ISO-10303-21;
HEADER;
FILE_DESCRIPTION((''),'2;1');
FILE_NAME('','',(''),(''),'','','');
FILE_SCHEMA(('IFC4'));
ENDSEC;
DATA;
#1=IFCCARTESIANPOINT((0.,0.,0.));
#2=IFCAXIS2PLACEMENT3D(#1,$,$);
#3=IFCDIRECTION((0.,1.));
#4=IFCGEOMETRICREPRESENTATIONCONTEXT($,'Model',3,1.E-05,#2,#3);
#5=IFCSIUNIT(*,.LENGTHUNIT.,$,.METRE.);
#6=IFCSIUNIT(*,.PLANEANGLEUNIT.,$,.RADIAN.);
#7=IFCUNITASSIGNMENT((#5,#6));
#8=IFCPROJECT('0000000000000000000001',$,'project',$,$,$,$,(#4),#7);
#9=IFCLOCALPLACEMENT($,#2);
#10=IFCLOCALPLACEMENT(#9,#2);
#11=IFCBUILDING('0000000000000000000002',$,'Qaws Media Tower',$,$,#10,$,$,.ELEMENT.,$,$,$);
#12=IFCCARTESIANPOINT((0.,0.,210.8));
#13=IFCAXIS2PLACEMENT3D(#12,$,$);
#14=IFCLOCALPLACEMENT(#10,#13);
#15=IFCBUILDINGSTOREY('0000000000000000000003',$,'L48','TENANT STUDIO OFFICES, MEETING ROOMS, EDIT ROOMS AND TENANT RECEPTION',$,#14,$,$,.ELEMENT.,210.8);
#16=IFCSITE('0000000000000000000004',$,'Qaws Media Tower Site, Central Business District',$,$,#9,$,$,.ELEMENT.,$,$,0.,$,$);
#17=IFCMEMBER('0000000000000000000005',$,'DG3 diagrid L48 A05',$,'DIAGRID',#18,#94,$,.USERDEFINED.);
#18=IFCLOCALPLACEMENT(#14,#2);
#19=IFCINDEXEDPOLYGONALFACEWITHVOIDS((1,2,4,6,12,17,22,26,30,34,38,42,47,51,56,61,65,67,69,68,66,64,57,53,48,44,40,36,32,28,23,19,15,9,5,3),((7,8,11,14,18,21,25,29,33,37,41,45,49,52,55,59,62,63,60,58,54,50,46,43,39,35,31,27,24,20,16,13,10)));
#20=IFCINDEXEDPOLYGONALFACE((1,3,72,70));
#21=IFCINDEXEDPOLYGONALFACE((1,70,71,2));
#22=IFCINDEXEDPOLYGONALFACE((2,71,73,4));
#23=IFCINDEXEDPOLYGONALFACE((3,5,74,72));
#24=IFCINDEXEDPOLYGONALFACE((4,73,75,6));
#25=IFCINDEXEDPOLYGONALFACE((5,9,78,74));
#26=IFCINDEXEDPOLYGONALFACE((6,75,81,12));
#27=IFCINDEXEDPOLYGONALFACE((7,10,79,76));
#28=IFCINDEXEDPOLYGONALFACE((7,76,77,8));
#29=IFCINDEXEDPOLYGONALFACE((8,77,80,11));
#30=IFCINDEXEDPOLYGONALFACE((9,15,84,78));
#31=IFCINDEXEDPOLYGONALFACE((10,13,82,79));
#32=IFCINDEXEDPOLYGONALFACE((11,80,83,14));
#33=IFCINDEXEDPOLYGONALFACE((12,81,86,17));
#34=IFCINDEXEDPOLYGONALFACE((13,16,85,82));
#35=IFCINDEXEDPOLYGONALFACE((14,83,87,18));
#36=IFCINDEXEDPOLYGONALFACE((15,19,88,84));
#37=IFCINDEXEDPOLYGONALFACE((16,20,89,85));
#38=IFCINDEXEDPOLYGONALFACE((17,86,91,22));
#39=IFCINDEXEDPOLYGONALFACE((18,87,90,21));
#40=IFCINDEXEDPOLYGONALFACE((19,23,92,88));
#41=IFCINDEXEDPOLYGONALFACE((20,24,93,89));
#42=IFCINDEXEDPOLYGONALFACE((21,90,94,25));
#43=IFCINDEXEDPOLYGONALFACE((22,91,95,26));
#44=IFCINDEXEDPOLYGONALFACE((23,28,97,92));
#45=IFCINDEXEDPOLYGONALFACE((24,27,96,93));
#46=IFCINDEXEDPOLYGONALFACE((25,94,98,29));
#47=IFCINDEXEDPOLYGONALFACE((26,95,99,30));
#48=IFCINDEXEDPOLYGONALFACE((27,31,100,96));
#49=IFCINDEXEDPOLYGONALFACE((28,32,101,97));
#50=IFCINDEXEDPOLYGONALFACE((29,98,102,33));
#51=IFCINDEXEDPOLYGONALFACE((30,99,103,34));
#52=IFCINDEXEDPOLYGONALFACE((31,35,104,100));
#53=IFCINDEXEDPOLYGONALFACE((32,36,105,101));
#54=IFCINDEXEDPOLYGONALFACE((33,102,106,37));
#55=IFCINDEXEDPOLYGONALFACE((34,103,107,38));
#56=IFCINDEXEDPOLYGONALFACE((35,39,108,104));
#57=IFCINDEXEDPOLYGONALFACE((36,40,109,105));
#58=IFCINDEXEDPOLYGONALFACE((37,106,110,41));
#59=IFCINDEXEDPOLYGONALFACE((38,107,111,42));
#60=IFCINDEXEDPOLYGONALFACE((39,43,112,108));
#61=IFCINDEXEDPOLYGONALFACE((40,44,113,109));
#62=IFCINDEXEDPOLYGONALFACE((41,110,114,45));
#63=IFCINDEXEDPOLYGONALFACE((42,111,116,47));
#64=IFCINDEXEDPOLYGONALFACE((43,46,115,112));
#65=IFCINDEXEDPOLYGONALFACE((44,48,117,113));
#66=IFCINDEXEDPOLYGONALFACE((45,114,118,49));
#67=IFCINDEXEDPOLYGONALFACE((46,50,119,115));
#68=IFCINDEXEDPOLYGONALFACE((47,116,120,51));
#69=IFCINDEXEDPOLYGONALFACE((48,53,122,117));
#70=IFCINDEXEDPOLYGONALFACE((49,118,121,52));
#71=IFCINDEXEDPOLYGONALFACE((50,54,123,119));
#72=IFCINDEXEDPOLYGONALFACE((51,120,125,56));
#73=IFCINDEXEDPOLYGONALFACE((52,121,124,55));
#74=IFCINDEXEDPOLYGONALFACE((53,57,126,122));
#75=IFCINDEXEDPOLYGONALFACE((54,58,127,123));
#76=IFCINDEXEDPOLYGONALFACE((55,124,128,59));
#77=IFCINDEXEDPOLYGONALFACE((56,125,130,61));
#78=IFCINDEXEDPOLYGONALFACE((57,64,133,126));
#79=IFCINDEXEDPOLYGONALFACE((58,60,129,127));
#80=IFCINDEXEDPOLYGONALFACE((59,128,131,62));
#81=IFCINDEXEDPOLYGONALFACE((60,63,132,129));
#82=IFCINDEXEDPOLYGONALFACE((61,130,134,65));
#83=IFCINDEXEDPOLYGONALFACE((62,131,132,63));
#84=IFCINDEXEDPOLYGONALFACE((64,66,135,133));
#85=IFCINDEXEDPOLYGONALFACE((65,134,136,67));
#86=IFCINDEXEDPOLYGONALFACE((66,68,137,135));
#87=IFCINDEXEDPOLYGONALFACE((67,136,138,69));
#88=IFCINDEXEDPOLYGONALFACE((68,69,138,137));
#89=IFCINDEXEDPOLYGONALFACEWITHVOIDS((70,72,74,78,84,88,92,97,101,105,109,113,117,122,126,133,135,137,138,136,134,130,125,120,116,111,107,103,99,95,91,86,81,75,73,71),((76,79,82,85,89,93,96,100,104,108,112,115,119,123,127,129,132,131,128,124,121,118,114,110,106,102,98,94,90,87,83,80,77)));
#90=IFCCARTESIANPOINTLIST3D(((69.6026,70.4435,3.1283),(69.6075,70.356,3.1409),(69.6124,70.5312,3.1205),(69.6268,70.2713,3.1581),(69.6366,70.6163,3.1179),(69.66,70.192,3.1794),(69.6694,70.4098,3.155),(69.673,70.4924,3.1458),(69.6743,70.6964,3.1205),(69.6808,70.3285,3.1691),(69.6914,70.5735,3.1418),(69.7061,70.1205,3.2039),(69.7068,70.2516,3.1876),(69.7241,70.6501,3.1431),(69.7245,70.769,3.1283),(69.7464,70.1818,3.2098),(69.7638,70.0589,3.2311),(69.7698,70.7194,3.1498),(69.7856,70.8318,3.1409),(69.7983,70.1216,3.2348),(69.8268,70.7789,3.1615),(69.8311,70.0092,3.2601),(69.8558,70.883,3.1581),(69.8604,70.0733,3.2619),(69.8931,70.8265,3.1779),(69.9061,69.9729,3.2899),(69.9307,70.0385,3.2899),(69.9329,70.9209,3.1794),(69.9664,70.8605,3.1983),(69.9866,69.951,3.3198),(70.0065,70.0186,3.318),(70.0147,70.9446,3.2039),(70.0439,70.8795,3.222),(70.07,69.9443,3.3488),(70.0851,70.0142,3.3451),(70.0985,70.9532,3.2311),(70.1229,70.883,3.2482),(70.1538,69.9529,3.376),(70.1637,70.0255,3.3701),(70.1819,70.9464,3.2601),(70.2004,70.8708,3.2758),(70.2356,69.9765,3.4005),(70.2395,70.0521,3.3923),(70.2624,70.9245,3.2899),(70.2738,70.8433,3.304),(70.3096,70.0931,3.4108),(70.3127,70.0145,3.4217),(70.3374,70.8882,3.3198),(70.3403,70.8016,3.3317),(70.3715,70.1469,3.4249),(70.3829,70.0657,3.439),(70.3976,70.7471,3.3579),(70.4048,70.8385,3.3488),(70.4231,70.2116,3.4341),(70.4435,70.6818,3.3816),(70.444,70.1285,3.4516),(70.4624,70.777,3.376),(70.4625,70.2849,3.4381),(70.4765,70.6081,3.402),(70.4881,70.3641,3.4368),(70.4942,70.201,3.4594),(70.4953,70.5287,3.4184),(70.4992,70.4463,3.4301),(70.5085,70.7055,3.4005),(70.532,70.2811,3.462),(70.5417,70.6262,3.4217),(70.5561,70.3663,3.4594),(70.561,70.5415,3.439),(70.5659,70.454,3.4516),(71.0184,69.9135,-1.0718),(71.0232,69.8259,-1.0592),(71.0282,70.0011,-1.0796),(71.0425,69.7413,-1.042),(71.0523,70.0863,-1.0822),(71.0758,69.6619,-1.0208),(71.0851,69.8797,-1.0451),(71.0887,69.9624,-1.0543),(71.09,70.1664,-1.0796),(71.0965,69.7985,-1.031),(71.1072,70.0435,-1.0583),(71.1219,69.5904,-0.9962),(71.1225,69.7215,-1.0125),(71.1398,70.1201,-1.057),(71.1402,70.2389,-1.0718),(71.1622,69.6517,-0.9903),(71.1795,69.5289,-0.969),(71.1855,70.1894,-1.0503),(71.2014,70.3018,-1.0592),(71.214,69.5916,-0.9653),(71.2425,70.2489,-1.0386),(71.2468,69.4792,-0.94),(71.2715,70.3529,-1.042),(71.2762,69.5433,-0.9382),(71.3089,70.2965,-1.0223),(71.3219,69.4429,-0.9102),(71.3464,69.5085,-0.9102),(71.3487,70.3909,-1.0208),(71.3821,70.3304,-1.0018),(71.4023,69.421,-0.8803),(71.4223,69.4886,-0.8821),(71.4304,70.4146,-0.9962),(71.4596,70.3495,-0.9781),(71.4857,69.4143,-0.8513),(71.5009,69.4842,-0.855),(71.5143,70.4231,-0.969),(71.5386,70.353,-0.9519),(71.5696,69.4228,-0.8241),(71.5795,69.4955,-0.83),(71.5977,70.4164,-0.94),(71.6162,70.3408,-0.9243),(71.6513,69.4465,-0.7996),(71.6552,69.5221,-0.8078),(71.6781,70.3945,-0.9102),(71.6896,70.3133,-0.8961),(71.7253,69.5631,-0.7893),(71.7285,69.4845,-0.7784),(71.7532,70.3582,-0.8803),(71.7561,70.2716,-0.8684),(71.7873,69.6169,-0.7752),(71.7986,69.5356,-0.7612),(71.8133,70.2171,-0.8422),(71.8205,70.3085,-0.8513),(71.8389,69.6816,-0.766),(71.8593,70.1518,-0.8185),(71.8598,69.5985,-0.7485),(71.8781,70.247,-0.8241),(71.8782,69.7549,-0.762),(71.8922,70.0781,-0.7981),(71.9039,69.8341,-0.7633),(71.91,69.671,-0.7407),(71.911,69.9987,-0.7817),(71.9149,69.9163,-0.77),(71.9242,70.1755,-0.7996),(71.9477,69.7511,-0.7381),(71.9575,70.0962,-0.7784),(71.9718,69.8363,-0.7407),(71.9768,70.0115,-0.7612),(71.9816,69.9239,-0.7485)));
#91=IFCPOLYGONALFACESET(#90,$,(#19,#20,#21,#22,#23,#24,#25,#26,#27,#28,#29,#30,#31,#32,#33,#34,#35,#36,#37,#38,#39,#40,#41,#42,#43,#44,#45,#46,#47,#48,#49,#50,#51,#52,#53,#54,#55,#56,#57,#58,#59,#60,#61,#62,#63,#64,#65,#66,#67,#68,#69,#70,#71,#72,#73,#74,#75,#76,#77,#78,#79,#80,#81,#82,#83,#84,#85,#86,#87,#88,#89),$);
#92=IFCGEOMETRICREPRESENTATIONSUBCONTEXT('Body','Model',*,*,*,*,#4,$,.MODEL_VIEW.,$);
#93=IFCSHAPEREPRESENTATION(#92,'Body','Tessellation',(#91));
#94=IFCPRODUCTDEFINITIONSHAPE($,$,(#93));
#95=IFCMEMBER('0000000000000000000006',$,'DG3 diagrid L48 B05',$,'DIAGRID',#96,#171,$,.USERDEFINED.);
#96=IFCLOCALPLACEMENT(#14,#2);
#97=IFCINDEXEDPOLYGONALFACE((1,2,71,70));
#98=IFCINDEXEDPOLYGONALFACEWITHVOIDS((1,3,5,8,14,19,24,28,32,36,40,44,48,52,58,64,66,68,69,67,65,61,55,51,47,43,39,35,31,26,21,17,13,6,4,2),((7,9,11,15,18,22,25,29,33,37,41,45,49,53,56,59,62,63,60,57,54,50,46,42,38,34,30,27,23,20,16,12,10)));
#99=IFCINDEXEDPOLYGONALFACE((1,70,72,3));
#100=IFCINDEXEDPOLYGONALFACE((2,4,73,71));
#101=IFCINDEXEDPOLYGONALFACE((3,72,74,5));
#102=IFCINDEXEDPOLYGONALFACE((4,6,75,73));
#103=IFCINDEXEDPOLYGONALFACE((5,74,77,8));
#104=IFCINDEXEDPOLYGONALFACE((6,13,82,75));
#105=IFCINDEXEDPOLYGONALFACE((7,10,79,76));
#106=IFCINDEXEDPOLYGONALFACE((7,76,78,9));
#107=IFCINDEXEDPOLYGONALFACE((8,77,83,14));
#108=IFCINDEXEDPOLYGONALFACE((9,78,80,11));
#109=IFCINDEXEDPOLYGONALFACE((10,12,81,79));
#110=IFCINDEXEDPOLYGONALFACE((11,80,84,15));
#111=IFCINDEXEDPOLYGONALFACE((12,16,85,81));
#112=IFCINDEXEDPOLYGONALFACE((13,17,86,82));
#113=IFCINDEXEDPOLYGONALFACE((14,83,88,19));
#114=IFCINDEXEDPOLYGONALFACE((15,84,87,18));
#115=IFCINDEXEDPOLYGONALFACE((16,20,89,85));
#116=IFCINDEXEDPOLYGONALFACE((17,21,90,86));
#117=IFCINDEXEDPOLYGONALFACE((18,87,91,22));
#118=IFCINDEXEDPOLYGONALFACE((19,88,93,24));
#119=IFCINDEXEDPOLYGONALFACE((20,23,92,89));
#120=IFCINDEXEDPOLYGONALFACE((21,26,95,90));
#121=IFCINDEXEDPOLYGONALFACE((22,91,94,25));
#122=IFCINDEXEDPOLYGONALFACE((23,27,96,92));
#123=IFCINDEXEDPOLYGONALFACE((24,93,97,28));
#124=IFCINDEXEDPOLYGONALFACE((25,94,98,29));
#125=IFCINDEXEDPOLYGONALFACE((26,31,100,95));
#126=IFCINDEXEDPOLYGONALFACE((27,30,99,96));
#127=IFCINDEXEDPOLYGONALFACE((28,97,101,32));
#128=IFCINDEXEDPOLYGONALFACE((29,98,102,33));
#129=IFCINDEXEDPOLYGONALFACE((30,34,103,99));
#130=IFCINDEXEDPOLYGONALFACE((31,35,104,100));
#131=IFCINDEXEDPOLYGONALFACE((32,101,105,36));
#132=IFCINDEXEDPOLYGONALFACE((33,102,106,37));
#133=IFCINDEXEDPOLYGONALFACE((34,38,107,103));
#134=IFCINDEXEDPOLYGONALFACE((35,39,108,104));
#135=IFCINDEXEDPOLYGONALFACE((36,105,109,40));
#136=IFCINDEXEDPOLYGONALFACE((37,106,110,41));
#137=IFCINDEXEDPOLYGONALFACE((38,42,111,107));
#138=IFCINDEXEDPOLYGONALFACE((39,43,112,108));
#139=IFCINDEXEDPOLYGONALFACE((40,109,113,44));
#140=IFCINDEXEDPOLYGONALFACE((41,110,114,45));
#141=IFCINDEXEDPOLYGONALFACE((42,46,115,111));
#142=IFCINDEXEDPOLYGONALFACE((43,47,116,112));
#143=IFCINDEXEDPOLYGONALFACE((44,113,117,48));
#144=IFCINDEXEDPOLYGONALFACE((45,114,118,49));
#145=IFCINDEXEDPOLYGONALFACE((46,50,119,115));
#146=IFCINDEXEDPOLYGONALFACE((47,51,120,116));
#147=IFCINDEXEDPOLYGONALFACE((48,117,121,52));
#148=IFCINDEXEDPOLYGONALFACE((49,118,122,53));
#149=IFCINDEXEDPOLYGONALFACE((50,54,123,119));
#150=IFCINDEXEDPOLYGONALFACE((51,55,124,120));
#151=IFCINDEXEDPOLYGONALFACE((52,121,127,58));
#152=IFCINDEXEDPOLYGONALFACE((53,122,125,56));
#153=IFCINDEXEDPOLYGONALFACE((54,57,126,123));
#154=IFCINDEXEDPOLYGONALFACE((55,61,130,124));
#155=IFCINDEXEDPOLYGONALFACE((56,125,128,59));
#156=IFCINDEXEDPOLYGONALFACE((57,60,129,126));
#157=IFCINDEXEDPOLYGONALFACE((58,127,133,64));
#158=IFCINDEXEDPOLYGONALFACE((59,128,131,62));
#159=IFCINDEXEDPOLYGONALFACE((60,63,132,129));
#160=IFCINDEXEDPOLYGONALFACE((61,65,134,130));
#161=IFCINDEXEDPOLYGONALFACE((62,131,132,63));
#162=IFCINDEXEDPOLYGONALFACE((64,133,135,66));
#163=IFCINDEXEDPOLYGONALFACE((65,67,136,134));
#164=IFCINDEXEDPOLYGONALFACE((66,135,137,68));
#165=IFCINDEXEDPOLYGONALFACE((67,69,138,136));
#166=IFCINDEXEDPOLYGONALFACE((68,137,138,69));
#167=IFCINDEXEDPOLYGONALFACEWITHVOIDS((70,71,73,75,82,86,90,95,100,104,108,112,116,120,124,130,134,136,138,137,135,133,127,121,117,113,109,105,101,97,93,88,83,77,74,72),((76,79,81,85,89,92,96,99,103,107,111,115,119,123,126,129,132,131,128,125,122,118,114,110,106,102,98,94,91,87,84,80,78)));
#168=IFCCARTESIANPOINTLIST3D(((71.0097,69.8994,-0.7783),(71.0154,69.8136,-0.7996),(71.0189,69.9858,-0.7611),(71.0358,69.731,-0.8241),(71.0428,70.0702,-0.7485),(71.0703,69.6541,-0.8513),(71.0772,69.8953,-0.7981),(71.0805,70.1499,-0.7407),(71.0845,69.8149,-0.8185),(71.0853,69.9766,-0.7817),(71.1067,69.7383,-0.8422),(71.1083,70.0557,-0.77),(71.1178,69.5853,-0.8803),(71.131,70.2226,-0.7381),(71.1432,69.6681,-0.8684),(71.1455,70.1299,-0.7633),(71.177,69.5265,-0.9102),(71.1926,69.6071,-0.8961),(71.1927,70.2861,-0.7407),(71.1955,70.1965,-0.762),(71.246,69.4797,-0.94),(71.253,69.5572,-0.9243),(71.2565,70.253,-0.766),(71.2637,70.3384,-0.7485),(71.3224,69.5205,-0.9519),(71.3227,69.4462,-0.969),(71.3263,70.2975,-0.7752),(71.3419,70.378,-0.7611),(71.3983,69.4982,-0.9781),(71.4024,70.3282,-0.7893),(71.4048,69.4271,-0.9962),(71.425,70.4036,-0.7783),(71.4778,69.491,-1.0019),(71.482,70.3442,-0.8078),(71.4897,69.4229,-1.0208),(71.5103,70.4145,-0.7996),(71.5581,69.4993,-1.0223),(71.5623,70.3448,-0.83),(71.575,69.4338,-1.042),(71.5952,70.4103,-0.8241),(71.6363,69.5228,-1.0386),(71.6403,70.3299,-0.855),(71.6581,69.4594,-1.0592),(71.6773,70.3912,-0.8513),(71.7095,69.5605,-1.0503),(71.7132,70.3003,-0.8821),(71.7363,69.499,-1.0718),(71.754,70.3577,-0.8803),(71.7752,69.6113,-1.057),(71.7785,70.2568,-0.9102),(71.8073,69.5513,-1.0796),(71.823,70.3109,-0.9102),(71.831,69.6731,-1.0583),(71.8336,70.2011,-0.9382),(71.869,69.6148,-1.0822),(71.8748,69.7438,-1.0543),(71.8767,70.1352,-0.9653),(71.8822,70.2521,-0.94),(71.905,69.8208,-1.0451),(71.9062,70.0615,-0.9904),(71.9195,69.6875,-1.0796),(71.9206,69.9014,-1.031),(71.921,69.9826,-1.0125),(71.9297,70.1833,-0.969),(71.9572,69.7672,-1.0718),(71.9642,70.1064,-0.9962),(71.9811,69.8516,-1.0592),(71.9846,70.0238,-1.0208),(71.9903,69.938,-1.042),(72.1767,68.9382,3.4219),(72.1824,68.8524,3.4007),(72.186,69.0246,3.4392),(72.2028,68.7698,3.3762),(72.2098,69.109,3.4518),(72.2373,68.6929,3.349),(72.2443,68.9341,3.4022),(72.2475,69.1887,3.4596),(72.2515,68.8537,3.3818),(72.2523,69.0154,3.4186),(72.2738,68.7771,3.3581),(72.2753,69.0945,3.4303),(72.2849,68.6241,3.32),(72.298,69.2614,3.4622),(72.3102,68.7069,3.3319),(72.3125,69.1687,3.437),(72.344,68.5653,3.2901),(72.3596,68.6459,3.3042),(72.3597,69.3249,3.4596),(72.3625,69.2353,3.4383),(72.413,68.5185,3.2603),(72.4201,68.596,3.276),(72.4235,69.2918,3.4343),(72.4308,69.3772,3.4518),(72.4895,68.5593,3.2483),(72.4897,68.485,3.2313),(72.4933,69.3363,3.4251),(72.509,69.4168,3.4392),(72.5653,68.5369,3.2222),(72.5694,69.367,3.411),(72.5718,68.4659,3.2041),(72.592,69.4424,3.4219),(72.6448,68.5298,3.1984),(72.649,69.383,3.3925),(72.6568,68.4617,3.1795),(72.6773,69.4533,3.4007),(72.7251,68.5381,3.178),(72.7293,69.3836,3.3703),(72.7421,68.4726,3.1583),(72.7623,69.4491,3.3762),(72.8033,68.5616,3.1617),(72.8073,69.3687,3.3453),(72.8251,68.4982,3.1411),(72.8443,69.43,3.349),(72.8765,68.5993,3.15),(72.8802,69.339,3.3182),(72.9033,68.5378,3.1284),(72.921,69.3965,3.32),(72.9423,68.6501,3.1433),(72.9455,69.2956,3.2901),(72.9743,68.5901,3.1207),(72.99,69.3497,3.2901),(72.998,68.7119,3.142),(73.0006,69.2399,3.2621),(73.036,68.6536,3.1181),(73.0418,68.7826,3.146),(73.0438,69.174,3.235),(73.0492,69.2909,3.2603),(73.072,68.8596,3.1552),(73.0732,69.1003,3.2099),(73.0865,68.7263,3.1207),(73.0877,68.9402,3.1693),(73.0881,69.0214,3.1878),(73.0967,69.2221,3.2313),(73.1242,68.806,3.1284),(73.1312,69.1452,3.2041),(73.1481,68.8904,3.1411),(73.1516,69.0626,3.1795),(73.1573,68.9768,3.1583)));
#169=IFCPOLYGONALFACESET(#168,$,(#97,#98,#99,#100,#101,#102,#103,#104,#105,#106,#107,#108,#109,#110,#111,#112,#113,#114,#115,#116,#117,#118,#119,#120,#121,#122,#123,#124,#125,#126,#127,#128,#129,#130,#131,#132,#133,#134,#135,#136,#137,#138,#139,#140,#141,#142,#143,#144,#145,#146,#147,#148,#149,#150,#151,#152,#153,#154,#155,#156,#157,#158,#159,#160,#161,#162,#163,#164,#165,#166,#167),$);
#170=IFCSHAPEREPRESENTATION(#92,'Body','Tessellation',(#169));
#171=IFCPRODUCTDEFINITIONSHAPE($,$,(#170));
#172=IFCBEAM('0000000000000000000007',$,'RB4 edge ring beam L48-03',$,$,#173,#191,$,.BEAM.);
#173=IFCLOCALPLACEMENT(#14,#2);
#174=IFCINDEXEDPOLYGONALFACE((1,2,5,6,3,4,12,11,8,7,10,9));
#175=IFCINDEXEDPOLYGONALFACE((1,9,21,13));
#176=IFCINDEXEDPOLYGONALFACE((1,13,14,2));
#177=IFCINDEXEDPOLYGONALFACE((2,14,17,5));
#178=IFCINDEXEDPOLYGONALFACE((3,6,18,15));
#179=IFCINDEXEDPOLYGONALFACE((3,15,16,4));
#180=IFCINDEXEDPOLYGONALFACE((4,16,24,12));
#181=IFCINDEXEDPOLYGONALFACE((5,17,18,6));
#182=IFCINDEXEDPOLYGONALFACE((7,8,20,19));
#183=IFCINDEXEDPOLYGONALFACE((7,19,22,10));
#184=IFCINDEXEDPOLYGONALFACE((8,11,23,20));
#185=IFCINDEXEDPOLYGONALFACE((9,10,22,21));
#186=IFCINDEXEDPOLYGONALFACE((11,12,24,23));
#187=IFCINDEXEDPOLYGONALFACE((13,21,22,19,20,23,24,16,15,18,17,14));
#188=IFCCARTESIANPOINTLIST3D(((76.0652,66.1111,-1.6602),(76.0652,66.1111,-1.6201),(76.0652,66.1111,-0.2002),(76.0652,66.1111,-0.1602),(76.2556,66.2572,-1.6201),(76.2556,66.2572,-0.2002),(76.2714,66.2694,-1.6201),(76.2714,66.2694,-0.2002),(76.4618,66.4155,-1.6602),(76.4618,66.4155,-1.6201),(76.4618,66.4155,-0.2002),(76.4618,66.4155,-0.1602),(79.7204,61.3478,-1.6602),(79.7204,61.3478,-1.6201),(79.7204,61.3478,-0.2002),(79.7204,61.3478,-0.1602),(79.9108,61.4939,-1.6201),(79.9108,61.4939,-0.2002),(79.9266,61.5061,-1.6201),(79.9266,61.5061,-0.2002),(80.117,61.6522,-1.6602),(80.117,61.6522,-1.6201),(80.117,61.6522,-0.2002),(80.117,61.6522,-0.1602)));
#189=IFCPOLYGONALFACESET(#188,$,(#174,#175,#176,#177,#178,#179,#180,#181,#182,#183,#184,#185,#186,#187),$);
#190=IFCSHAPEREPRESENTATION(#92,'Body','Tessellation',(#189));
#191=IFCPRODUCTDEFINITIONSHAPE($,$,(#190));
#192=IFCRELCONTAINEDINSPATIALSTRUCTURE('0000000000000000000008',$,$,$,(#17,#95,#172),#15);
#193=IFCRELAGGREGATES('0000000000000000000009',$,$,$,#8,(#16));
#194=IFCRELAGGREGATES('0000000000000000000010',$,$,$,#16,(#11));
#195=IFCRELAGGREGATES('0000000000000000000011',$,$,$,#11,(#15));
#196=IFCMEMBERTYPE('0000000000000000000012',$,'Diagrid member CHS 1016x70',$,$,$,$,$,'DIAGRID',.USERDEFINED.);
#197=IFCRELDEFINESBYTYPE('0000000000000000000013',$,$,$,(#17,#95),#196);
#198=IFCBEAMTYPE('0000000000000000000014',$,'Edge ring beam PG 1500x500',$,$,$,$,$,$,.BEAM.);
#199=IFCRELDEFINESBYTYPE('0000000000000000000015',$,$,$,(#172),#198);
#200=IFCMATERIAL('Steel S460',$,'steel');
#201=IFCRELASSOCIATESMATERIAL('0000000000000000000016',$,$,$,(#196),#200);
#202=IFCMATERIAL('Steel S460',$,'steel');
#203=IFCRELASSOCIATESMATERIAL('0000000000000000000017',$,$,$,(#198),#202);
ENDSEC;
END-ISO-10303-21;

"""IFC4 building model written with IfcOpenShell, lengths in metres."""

from ifc_helpers import new_model, si_unit, direction, frame, origin, origin_2d, place, context, subcontext, project, spatial, hollow_circle, i_section, extrude, material, material_profile, profile_set, type_object, element, save


model = new_model("IFC4")

# Units and contexts
model_context = context("Model", 3, precision=1e-05, world=origin(), true_north=direction((0.0, 1.0)))
body_context = subcontext(model_context, "Body", "Model", "MODEL_VIEW")
ifc_project = project(units=[si_unit("LENGTHUNIT", "METRE"), si_unit("PLANEANGLEUNIT", "RADIAN")], contexts=[model_context])

# Site, building, storey
site_placement = place(None, origin())
site = spatial("IfcSite", under=ifc_project, at=site_placement, Name="Qaws Media Tower Site, Central Business District", CompositionType="ELEMENT", RefElevation=0.0)
building_placement = place(site_placement, origin())
building = spatial("IfcBuilding", under=site, at=building_placement, Name="Qaws Media Tower", CompositionType="ELEMENT")
storey_placement = place(building_placement, frame((0.0, 0.0, 210.8)))
storey = spatial("IfcBuildingStorey", under=building, at=storey_placement, Name="L48", Description="TENANT STUDIO OFFICES, MEETING ROOMS, EDIT ROOMS AND TENANT RECEPTION", CompositionType="ELEMENT", Elevation=210.8)

# Members
ifc_material_1 = material(Name="Steel S460", Category="steel")
ifc_material_profile_1 = material_profile(ifc_material_1, hollow_circle(Radius=0.5081, WallThickness=0.0701, at=origin_2d()), Name="CHS 1016x70")
ifc_profile_set_1 = profile_set([ifc_material_profile_1], Name="Steel S460")
member_type_1 = type_object("IfcMemberType", Name="Diagrid member CHS 1016x70", ElementType="DIAGRID", PredefinedType="USERDEFINED", material=ifc_profile_set_1)
for number, where, z_axis, x_axis, name in (
    (1, (71.5, 69.9187, -0.9102), (-0.317156, 0.118735, 0.940911), (-0.35061, -0.936522, 0.0), "DG3 diagrid L48 A05"),
):
    element("IfcMember", number, at=place(storey_placement, frame(where, z_axis=z_axis, x_axis=x_axis)), inside=storey, type_object=member_type_1, Name=name, ObjectType="DIAGRID", PredefinedType="USERDEFINED", context=body_context, shape_type="SweptSolid", body=[
        extrude(hollow_circle(Radius=0.5081, WallThickness=0.0701, at=origin_2d()), origin(), (0.0, 0.0, 1.0), 4.4639),
    ])
member_1_placement = place(storey_placement, frame((71.5, 69.9187, -0.9102), z_axis=(0.261422, -0.215318, 0.940902), x_axis=(0.635758, 0.771888, 0.0)))
element("IfcMember", 2, at=member_1_placement, inside=storey, type_object=member_type_1, Name="DG3 diagrid L48 B05", ObjectType="DIAGRID", PredefinedType="USERDEFINED", context=body_context, shape_type="SweptSolid", body=[
    extrude(hollow_circle(Radius=0.5081, WallThickness=0.0701, at=origin_2d()), origin(), (0.0, 0.0, 1.0), 4.4641),
])

# Beam
ifc_material_2 = material(Name="Steel S460", Category="steel")
ifc_material_profile_2 = material_profile(ifc_material_2, i_section(OverallWidth=0.5, OverallDepth=1.5, WebThickness=0.02, FlangeThickness=0.04, at=origin_2d()), Name="PG 1500x500")
ifc_profile_set_2 = profile_set([ifc_material_profile_2], Name="Steel S460")
beam_type = type_object("IfcBeamType", Name="Edge ring beam PG 1500x500", PredefinedType="BEAM", material=ifc_profile_set_2)
for number, where, z_axis, x_axis, name in (
    (3, (79.9187, 61.5, -0.9102), (-0.608779, 0.79334, 0.0), (-0.79334, -0.608779, 0.0), "RB4 edge ring beam L48-03"),
):
    element("IfcBeam", number, at=place(storey_placement, frame(where, z_axis=z_axis, x_axis=x_axis)), inside=storey, type_object=beam_type, Name=name, PredefinedType="BEAM", context=body_context, shape_type="SweptSolid", body=[
        extrude(i_section(OverallWidth=0.5, OverallDepth=1.5, WebThickness=0.02, FlangeThickness=0.04, at=origin_2d()), origin(), (0.0, 0.0, 1.0), 6.0042),
    ])

save(model, "model.ifc")
